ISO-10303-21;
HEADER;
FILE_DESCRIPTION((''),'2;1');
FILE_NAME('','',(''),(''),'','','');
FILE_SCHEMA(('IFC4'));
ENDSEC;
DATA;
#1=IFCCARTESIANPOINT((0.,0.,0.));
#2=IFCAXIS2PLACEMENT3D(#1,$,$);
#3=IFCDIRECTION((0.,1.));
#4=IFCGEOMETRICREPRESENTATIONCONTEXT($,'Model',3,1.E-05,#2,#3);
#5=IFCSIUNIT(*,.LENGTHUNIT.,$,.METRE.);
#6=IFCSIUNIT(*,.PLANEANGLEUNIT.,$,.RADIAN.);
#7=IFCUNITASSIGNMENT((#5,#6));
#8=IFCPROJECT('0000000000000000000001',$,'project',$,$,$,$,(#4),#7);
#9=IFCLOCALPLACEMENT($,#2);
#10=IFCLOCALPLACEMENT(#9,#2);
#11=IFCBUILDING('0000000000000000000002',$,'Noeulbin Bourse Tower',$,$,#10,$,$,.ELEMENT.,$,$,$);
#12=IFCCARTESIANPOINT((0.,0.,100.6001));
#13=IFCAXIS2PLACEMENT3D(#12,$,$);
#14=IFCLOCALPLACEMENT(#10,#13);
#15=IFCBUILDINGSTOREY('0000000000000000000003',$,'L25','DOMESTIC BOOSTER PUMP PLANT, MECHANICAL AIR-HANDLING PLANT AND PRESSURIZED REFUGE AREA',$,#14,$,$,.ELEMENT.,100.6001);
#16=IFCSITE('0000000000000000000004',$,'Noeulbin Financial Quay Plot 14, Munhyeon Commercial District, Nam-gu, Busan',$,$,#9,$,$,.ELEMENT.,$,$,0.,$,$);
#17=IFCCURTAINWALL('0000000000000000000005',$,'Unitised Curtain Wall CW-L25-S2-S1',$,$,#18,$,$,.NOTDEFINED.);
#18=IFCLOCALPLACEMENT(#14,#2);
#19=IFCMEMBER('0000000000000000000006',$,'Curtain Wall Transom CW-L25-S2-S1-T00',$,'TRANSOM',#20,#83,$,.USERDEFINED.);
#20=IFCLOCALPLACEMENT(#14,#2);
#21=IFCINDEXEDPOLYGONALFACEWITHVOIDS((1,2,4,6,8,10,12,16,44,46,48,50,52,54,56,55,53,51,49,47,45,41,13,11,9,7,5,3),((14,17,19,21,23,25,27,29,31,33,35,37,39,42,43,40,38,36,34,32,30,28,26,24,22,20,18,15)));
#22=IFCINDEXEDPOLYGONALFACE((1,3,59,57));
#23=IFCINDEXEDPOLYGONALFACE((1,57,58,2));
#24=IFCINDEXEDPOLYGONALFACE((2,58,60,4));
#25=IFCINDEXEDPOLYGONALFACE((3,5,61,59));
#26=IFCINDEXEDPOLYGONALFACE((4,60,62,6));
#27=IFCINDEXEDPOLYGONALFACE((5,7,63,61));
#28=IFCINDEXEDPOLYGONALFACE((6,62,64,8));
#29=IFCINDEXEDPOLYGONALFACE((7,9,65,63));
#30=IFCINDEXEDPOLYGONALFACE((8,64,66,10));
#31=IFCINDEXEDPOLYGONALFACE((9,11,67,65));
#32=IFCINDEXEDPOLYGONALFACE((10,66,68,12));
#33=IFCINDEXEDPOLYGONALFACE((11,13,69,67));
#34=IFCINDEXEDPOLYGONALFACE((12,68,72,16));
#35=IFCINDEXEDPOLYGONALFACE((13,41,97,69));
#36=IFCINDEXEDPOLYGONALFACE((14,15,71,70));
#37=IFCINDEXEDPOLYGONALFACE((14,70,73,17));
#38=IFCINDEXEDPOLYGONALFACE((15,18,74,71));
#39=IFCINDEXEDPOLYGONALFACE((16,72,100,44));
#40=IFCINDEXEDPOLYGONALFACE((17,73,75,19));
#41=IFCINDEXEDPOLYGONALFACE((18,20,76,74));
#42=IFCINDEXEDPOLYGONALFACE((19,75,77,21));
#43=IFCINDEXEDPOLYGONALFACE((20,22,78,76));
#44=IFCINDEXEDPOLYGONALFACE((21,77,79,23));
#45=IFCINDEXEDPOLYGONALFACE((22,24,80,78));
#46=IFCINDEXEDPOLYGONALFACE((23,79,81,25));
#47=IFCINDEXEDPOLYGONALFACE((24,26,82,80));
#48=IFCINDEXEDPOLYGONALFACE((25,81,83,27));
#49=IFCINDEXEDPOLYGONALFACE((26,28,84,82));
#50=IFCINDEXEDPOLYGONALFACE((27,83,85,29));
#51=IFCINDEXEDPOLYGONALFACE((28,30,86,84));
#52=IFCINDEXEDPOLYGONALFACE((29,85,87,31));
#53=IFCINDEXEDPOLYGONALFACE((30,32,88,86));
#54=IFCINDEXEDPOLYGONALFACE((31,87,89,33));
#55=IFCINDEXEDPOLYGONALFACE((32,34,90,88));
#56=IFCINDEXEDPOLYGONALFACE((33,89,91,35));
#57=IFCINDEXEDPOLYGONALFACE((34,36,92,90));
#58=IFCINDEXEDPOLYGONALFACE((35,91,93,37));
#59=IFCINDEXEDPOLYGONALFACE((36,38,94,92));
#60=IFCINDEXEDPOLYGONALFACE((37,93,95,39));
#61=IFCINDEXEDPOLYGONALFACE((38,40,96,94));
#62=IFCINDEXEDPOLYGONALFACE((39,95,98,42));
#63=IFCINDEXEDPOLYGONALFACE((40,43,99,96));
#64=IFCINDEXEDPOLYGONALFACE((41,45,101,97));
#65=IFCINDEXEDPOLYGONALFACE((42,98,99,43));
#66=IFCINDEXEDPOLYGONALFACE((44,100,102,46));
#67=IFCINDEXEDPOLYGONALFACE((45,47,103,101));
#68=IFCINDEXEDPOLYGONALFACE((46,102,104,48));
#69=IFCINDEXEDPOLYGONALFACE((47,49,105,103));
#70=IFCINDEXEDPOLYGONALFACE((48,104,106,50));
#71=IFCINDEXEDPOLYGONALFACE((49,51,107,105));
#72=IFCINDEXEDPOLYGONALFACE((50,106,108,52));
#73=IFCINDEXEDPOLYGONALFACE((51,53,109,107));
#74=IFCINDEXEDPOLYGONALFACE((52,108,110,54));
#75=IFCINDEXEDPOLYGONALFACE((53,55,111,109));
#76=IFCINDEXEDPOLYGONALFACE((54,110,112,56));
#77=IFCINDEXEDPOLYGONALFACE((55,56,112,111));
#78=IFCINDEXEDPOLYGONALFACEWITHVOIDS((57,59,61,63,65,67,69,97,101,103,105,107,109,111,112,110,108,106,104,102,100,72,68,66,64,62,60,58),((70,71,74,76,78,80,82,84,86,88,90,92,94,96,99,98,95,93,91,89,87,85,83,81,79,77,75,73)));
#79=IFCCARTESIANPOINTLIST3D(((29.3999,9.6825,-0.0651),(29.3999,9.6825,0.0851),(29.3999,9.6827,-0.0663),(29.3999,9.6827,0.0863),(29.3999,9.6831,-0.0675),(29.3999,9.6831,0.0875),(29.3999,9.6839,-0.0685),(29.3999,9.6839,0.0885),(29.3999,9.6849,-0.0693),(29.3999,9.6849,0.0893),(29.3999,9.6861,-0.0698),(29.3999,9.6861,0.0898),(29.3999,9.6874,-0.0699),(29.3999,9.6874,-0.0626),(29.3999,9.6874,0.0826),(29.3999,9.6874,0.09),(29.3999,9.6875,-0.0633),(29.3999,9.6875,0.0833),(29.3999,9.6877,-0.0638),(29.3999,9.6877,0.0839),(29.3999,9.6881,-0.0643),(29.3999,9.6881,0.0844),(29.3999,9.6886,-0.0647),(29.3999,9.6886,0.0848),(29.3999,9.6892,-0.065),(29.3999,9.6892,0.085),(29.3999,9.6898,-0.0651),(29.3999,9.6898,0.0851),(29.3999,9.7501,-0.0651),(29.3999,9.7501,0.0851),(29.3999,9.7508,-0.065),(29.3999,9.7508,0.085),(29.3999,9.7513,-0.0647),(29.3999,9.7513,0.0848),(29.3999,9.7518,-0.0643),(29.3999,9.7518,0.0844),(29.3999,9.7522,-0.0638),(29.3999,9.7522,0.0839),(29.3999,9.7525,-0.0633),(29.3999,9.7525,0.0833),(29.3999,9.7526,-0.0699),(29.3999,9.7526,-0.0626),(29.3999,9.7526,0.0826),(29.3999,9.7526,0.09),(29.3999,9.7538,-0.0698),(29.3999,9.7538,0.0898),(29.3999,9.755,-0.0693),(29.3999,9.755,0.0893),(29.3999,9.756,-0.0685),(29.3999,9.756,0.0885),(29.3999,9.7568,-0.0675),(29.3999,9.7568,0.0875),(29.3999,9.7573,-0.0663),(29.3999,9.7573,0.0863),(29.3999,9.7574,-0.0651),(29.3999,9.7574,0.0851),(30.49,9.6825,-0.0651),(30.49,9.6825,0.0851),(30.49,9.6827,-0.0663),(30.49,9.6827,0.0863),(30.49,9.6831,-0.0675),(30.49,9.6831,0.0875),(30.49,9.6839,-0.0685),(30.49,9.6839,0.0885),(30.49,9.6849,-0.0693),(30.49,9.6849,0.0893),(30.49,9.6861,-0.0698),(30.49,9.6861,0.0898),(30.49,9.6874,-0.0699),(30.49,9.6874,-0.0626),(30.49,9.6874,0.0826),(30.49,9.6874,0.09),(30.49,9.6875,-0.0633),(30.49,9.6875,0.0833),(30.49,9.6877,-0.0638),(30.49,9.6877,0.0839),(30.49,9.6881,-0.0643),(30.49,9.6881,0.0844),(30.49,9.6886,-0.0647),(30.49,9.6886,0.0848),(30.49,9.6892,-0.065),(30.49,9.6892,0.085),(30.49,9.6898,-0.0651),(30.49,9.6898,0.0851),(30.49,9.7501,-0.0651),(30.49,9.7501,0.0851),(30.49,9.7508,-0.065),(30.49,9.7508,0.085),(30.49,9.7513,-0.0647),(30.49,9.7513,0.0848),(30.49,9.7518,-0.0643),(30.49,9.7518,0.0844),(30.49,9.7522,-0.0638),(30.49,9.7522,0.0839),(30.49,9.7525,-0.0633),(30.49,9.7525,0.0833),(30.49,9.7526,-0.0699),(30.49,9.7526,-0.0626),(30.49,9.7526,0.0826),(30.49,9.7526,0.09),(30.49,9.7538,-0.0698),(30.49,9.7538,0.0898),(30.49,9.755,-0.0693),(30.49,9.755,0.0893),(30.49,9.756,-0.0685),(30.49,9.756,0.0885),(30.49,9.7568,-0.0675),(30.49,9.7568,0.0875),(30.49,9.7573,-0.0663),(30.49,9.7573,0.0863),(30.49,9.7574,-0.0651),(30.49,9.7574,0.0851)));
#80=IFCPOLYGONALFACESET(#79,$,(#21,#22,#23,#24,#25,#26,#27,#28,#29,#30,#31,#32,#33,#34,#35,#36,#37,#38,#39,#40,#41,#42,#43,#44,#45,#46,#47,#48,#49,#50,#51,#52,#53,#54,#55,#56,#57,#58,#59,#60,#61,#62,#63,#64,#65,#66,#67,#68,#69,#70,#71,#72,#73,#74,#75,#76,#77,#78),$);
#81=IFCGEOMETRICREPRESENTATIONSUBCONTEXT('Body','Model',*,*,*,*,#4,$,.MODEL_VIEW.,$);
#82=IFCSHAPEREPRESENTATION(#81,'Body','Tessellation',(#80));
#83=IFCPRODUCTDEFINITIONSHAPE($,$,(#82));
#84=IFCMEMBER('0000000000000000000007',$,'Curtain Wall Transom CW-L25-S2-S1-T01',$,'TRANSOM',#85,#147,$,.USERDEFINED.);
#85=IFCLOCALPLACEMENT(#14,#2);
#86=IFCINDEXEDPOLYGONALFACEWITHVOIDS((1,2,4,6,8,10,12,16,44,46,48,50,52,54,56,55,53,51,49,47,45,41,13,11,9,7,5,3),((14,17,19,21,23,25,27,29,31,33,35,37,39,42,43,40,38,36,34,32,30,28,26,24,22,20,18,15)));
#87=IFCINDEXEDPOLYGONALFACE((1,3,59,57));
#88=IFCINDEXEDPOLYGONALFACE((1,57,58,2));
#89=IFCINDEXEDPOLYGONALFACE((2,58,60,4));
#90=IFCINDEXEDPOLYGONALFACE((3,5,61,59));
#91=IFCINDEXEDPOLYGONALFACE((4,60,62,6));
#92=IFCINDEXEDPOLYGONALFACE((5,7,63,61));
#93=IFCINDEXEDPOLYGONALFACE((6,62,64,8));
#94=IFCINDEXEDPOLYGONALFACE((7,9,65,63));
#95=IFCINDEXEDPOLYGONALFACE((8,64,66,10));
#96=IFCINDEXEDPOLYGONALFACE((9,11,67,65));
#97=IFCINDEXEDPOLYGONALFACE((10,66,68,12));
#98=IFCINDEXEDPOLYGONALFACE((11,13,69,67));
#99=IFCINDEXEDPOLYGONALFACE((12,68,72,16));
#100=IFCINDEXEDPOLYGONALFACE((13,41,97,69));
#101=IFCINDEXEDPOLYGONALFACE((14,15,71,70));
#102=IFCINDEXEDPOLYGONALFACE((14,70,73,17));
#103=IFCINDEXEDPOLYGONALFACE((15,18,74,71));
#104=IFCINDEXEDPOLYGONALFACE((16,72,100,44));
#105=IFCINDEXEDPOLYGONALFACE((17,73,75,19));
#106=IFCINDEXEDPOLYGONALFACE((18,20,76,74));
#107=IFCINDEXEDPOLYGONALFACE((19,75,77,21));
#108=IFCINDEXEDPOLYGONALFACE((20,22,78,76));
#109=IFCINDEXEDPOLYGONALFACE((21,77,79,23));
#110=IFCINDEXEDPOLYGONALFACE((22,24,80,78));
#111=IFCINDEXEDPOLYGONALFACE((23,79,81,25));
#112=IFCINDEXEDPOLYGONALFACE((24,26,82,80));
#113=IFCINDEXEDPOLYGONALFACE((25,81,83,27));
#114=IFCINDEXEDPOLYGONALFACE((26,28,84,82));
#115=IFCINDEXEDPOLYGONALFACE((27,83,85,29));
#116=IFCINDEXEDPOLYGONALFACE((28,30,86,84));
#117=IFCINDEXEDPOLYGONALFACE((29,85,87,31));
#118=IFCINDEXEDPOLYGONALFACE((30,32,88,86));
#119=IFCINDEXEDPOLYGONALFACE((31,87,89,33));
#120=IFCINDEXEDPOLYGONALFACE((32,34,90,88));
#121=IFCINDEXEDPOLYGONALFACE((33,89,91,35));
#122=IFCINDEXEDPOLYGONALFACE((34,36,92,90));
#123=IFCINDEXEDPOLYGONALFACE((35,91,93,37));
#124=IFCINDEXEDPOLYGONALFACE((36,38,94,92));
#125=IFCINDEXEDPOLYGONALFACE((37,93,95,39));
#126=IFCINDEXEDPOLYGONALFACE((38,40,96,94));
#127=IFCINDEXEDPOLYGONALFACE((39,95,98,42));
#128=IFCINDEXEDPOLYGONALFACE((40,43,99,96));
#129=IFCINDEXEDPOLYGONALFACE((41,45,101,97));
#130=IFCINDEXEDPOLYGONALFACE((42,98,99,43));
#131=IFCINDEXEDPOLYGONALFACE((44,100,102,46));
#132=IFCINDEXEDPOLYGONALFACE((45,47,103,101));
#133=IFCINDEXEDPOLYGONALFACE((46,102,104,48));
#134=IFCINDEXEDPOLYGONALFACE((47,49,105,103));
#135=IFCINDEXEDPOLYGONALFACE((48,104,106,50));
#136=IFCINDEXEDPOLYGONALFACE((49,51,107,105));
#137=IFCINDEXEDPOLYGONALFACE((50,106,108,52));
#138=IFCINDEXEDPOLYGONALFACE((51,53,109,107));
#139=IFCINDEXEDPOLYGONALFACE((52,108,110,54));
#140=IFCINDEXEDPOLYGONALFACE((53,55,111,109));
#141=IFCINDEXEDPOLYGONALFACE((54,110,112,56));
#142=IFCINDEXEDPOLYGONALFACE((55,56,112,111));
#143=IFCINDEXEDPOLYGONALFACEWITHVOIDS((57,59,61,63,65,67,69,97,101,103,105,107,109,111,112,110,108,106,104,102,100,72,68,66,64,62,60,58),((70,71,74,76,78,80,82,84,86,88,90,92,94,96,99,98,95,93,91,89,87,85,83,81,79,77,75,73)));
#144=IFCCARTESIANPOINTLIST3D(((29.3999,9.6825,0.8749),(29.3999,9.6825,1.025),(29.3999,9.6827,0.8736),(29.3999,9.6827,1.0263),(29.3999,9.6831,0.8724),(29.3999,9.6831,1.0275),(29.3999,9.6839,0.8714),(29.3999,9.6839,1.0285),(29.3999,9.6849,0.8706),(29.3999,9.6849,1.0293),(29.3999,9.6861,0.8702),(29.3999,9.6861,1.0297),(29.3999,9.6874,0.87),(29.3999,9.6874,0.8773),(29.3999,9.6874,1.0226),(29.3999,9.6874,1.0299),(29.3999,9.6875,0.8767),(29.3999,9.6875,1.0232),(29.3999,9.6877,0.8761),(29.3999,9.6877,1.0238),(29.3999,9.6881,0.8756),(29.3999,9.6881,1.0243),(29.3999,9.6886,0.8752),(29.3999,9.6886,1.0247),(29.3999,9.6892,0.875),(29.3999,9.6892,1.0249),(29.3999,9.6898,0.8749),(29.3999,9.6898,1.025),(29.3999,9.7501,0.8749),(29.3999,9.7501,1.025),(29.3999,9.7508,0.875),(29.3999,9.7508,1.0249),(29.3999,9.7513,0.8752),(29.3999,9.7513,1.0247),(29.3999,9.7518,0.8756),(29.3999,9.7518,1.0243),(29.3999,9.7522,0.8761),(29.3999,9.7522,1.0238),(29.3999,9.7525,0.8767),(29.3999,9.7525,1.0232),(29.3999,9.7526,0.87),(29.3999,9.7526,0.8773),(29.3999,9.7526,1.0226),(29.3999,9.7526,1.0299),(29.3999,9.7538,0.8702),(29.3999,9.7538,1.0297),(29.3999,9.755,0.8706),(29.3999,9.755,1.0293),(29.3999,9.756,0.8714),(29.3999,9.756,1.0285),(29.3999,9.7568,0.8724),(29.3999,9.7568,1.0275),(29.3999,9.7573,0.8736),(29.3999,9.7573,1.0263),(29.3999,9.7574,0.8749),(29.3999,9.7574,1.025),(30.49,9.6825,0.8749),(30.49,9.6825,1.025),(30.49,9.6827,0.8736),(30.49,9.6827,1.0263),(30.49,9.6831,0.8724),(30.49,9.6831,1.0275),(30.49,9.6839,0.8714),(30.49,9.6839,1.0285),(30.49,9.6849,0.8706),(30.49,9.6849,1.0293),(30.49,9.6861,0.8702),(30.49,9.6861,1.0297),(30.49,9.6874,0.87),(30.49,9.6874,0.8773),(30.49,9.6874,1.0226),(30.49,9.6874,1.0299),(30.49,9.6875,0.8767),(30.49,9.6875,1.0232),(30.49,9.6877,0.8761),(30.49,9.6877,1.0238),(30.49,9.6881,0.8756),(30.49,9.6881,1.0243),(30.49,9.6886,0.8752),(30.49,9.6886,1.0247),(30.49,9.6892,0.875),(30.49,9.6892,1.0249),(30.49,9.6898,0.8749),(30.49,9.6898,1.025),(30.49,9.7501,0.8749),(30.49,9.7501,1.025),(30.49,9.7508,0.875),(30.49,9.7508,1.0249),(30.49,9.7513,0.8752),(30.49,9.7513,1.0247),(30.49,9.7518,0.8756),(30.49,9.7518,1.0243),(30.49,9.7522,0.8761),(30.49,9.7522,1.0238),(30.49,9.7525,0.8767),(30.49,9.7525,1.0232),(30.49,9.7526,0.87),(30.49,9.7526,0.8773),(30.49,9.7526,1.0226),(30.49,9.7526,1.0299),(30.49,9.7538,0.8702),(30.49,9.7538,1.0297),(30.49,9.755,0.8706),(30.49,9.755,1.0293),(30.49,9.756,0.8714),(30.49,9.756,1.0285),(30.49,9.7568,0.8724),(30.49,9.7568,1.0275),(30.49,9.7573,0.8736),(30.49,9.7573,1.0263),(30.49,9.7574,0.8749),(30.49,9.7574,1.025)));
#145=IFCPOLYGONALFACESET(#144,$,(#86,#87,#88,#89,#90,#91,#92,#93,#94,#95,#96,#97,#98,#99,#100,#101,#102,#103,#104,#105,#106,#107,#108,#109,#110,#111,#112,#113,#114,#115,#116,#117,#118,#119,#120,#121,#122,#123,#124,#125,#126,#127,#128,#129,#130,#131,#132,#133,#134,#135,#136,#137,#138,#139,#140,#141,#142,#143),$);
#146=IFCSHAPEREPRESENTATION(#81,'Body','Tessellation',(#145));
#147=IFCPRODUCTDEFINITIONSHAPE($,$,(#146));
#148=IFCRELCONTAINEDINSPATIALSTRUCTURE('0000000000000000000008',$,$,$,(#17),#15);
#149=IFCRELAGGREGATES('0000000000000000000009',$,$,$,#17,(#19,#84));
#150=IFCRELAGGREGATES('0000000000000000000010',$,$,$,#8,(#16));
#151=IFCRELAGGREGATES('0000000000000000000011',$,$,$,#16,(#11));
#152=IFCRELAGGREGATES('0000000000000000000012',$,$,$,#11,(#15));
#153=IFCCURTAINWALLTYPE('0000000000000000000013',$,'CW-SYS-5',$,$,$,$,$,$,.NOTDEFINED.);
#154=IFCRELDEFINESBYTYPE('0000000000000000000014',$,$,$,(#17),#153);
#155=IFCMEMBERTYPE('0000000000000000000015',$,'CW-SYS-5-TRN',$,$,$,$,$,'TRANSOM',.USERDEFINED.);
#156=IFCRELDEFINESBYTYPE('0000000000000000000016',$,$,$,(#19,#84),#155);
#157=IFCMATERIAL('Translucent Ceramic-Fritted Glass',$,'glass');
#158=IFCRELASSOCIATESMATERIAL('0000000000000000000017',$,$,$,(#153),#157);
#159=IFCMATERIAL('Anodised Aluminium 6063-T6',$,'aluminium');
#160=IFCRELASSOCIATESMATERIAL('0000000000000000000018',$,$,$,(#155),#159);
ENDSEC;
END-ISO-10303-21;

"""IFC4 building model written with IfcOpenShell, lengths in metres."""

from ifc_helpers import new_model, si_unit, direction, frame, origin, origin_2d, place, context, subcontext, project, spatial, hollow_rectangle, extrude, material, material_profile, profile_set, type_object, element, aggregate, save


model = new_model("IFC4")

# Units and contexts
model_context = context("Model", 3, precision=1e-05, world=origin(), true_north=direction((0.0, 1.0)))
body_context = subcontext(model_context, "Body", "Model", "MODEL_VIEW")
ifc_project = project(units=[si_unit("LENGTHUNIT", "METRE"), si_unit("PLANEANGLEUNIT", "RADIAN")], contexts=[model_context])

# Site, building, storey
site_placement = place(None, origin())
site = spatial("IfcSite", under=ifc_project, at=site_placement, Name="Noeulbin Financial Quay Plot 14, Munhyeon Commercial District, Nam-gu, Busan", CompositionType="ELEMENT", RefElevation=0.0)
building_placement = place(site_placement, origin())
building = spatial("IfcBuilding", under=site, at=building_placement, Name="Noeulbin Bourse Tower", CompositionType="ELEMENT")
storey_placement = place(building_placement, frame((0.0, 0.0, 100.6001)))
storey = spatial("IfcBuildingStorey", under=building, at=storey_placement, Name="L25", Description="DOMESTIC BOOSTER PUMP PLANT, MECHANICAL AIR-HANDLING PLANT AND PRESSURIZED REFUGE AREA", CompositionType="ELEMENT", Elevation=100.6001)

# Shared definitions
ifc_material_1 = material(Name="Translucent Ceramic-Fritted Glass", Category="glass")
curtain_wall_type = type_object("IfcCurtainWallType", Name="CW-SYS-5", PredefinedType="NOTDEFINED", material=ifc_material_1)
ifc_material_2 = material(Name="Anodised Aluminium 6063-T6", Category="aluminium")

# Curtain wall
curtain_wall_1_placement = place(storey_placement, origin())
curtain_wall_1 = element("IfcCurtainWall", 1, at=curtain_wall_1_placement, inside=storey, type_object=curtain_wall_type, Name="Unitised Curtain Wall CW-L25-S2-S1", PredefinedType="NOTDEFINED")

# Members
ifc_material_profile_1 = material_profile(ifc_material_2, hollow_rectangle(XDim=0.075, YDim=0.1599, WallThickness=0.0049, InnerFilletRadius=0.0024, OuterFilletRadius=0.0049, at=origin_2d()), Name="ALU-TRAN-75x160x5", Category="LoadBearing")
ifc_profile_set_1 = profile_set([ifc_material_profile_1], Name="Anodised Aluminium 6063-T6")
member_type_1 = type_object("IfcMemberType", Name="CW-SYS-5-TRN", ElementType="TRANSOM", PredefinedType="USERDEFINED", material=ifc_profile_set_1)
member_1_placement = place(storey_placement, frame((29.3999, 9.72, 0.01), z_axis=(1.0, 0.0, 0.0), x_axis=(0.0, 1.0, 0.0)))
member_1 = element("IfcMember", 2, at=member_1_placement, type_object=member_type_1, Name="Curtain Wall Transom CW-L25-S2-S1-T00", ObjectType="TRANSOM", PredefinedType="USERDEFINED", context=body_context, shape_type="SweptSolid", body=[
    extrude(hollow_rectangle(XDim=0.075, YDim=0.1599, WallThickness=0.0049, InnerFilletRadius=0.0024, OuterFilletRadius=0.0049, at=origin_2d()), origin(), (0.0, 0.0, 1.0), 1.0901),
])
member_2_placement = place(storey_placement, frame((29.3999, 9.72, 0.95), z_axis=(1.0, 0.0, 0.0), x_axis=(0.0, 1.0, 0.0)))
member_2 = element("IfcMember", 3, at=member_2_placement, type_object=member_type_1, Name="Curtain Wall Transom CW-L25-S2-S1-T01", ObjectType="TRANSOM", PredefinedType="USERDEFINED", context=body_context, shape_type="SweptSolid", body=[
    extrude(hollow_rectangle(XDim=0.075, YDim=0.1599, WallThickness=0.0049, InnerFilletRadius=0.0024, OuterFilletRadius=0.0049, at=origin_2d()), origin(), (0.0, 0.0, 1.0), 1.0901),
])
aggregate(curtain_wall_1, [member_1, member_2])

save(model, "model.ifc")
